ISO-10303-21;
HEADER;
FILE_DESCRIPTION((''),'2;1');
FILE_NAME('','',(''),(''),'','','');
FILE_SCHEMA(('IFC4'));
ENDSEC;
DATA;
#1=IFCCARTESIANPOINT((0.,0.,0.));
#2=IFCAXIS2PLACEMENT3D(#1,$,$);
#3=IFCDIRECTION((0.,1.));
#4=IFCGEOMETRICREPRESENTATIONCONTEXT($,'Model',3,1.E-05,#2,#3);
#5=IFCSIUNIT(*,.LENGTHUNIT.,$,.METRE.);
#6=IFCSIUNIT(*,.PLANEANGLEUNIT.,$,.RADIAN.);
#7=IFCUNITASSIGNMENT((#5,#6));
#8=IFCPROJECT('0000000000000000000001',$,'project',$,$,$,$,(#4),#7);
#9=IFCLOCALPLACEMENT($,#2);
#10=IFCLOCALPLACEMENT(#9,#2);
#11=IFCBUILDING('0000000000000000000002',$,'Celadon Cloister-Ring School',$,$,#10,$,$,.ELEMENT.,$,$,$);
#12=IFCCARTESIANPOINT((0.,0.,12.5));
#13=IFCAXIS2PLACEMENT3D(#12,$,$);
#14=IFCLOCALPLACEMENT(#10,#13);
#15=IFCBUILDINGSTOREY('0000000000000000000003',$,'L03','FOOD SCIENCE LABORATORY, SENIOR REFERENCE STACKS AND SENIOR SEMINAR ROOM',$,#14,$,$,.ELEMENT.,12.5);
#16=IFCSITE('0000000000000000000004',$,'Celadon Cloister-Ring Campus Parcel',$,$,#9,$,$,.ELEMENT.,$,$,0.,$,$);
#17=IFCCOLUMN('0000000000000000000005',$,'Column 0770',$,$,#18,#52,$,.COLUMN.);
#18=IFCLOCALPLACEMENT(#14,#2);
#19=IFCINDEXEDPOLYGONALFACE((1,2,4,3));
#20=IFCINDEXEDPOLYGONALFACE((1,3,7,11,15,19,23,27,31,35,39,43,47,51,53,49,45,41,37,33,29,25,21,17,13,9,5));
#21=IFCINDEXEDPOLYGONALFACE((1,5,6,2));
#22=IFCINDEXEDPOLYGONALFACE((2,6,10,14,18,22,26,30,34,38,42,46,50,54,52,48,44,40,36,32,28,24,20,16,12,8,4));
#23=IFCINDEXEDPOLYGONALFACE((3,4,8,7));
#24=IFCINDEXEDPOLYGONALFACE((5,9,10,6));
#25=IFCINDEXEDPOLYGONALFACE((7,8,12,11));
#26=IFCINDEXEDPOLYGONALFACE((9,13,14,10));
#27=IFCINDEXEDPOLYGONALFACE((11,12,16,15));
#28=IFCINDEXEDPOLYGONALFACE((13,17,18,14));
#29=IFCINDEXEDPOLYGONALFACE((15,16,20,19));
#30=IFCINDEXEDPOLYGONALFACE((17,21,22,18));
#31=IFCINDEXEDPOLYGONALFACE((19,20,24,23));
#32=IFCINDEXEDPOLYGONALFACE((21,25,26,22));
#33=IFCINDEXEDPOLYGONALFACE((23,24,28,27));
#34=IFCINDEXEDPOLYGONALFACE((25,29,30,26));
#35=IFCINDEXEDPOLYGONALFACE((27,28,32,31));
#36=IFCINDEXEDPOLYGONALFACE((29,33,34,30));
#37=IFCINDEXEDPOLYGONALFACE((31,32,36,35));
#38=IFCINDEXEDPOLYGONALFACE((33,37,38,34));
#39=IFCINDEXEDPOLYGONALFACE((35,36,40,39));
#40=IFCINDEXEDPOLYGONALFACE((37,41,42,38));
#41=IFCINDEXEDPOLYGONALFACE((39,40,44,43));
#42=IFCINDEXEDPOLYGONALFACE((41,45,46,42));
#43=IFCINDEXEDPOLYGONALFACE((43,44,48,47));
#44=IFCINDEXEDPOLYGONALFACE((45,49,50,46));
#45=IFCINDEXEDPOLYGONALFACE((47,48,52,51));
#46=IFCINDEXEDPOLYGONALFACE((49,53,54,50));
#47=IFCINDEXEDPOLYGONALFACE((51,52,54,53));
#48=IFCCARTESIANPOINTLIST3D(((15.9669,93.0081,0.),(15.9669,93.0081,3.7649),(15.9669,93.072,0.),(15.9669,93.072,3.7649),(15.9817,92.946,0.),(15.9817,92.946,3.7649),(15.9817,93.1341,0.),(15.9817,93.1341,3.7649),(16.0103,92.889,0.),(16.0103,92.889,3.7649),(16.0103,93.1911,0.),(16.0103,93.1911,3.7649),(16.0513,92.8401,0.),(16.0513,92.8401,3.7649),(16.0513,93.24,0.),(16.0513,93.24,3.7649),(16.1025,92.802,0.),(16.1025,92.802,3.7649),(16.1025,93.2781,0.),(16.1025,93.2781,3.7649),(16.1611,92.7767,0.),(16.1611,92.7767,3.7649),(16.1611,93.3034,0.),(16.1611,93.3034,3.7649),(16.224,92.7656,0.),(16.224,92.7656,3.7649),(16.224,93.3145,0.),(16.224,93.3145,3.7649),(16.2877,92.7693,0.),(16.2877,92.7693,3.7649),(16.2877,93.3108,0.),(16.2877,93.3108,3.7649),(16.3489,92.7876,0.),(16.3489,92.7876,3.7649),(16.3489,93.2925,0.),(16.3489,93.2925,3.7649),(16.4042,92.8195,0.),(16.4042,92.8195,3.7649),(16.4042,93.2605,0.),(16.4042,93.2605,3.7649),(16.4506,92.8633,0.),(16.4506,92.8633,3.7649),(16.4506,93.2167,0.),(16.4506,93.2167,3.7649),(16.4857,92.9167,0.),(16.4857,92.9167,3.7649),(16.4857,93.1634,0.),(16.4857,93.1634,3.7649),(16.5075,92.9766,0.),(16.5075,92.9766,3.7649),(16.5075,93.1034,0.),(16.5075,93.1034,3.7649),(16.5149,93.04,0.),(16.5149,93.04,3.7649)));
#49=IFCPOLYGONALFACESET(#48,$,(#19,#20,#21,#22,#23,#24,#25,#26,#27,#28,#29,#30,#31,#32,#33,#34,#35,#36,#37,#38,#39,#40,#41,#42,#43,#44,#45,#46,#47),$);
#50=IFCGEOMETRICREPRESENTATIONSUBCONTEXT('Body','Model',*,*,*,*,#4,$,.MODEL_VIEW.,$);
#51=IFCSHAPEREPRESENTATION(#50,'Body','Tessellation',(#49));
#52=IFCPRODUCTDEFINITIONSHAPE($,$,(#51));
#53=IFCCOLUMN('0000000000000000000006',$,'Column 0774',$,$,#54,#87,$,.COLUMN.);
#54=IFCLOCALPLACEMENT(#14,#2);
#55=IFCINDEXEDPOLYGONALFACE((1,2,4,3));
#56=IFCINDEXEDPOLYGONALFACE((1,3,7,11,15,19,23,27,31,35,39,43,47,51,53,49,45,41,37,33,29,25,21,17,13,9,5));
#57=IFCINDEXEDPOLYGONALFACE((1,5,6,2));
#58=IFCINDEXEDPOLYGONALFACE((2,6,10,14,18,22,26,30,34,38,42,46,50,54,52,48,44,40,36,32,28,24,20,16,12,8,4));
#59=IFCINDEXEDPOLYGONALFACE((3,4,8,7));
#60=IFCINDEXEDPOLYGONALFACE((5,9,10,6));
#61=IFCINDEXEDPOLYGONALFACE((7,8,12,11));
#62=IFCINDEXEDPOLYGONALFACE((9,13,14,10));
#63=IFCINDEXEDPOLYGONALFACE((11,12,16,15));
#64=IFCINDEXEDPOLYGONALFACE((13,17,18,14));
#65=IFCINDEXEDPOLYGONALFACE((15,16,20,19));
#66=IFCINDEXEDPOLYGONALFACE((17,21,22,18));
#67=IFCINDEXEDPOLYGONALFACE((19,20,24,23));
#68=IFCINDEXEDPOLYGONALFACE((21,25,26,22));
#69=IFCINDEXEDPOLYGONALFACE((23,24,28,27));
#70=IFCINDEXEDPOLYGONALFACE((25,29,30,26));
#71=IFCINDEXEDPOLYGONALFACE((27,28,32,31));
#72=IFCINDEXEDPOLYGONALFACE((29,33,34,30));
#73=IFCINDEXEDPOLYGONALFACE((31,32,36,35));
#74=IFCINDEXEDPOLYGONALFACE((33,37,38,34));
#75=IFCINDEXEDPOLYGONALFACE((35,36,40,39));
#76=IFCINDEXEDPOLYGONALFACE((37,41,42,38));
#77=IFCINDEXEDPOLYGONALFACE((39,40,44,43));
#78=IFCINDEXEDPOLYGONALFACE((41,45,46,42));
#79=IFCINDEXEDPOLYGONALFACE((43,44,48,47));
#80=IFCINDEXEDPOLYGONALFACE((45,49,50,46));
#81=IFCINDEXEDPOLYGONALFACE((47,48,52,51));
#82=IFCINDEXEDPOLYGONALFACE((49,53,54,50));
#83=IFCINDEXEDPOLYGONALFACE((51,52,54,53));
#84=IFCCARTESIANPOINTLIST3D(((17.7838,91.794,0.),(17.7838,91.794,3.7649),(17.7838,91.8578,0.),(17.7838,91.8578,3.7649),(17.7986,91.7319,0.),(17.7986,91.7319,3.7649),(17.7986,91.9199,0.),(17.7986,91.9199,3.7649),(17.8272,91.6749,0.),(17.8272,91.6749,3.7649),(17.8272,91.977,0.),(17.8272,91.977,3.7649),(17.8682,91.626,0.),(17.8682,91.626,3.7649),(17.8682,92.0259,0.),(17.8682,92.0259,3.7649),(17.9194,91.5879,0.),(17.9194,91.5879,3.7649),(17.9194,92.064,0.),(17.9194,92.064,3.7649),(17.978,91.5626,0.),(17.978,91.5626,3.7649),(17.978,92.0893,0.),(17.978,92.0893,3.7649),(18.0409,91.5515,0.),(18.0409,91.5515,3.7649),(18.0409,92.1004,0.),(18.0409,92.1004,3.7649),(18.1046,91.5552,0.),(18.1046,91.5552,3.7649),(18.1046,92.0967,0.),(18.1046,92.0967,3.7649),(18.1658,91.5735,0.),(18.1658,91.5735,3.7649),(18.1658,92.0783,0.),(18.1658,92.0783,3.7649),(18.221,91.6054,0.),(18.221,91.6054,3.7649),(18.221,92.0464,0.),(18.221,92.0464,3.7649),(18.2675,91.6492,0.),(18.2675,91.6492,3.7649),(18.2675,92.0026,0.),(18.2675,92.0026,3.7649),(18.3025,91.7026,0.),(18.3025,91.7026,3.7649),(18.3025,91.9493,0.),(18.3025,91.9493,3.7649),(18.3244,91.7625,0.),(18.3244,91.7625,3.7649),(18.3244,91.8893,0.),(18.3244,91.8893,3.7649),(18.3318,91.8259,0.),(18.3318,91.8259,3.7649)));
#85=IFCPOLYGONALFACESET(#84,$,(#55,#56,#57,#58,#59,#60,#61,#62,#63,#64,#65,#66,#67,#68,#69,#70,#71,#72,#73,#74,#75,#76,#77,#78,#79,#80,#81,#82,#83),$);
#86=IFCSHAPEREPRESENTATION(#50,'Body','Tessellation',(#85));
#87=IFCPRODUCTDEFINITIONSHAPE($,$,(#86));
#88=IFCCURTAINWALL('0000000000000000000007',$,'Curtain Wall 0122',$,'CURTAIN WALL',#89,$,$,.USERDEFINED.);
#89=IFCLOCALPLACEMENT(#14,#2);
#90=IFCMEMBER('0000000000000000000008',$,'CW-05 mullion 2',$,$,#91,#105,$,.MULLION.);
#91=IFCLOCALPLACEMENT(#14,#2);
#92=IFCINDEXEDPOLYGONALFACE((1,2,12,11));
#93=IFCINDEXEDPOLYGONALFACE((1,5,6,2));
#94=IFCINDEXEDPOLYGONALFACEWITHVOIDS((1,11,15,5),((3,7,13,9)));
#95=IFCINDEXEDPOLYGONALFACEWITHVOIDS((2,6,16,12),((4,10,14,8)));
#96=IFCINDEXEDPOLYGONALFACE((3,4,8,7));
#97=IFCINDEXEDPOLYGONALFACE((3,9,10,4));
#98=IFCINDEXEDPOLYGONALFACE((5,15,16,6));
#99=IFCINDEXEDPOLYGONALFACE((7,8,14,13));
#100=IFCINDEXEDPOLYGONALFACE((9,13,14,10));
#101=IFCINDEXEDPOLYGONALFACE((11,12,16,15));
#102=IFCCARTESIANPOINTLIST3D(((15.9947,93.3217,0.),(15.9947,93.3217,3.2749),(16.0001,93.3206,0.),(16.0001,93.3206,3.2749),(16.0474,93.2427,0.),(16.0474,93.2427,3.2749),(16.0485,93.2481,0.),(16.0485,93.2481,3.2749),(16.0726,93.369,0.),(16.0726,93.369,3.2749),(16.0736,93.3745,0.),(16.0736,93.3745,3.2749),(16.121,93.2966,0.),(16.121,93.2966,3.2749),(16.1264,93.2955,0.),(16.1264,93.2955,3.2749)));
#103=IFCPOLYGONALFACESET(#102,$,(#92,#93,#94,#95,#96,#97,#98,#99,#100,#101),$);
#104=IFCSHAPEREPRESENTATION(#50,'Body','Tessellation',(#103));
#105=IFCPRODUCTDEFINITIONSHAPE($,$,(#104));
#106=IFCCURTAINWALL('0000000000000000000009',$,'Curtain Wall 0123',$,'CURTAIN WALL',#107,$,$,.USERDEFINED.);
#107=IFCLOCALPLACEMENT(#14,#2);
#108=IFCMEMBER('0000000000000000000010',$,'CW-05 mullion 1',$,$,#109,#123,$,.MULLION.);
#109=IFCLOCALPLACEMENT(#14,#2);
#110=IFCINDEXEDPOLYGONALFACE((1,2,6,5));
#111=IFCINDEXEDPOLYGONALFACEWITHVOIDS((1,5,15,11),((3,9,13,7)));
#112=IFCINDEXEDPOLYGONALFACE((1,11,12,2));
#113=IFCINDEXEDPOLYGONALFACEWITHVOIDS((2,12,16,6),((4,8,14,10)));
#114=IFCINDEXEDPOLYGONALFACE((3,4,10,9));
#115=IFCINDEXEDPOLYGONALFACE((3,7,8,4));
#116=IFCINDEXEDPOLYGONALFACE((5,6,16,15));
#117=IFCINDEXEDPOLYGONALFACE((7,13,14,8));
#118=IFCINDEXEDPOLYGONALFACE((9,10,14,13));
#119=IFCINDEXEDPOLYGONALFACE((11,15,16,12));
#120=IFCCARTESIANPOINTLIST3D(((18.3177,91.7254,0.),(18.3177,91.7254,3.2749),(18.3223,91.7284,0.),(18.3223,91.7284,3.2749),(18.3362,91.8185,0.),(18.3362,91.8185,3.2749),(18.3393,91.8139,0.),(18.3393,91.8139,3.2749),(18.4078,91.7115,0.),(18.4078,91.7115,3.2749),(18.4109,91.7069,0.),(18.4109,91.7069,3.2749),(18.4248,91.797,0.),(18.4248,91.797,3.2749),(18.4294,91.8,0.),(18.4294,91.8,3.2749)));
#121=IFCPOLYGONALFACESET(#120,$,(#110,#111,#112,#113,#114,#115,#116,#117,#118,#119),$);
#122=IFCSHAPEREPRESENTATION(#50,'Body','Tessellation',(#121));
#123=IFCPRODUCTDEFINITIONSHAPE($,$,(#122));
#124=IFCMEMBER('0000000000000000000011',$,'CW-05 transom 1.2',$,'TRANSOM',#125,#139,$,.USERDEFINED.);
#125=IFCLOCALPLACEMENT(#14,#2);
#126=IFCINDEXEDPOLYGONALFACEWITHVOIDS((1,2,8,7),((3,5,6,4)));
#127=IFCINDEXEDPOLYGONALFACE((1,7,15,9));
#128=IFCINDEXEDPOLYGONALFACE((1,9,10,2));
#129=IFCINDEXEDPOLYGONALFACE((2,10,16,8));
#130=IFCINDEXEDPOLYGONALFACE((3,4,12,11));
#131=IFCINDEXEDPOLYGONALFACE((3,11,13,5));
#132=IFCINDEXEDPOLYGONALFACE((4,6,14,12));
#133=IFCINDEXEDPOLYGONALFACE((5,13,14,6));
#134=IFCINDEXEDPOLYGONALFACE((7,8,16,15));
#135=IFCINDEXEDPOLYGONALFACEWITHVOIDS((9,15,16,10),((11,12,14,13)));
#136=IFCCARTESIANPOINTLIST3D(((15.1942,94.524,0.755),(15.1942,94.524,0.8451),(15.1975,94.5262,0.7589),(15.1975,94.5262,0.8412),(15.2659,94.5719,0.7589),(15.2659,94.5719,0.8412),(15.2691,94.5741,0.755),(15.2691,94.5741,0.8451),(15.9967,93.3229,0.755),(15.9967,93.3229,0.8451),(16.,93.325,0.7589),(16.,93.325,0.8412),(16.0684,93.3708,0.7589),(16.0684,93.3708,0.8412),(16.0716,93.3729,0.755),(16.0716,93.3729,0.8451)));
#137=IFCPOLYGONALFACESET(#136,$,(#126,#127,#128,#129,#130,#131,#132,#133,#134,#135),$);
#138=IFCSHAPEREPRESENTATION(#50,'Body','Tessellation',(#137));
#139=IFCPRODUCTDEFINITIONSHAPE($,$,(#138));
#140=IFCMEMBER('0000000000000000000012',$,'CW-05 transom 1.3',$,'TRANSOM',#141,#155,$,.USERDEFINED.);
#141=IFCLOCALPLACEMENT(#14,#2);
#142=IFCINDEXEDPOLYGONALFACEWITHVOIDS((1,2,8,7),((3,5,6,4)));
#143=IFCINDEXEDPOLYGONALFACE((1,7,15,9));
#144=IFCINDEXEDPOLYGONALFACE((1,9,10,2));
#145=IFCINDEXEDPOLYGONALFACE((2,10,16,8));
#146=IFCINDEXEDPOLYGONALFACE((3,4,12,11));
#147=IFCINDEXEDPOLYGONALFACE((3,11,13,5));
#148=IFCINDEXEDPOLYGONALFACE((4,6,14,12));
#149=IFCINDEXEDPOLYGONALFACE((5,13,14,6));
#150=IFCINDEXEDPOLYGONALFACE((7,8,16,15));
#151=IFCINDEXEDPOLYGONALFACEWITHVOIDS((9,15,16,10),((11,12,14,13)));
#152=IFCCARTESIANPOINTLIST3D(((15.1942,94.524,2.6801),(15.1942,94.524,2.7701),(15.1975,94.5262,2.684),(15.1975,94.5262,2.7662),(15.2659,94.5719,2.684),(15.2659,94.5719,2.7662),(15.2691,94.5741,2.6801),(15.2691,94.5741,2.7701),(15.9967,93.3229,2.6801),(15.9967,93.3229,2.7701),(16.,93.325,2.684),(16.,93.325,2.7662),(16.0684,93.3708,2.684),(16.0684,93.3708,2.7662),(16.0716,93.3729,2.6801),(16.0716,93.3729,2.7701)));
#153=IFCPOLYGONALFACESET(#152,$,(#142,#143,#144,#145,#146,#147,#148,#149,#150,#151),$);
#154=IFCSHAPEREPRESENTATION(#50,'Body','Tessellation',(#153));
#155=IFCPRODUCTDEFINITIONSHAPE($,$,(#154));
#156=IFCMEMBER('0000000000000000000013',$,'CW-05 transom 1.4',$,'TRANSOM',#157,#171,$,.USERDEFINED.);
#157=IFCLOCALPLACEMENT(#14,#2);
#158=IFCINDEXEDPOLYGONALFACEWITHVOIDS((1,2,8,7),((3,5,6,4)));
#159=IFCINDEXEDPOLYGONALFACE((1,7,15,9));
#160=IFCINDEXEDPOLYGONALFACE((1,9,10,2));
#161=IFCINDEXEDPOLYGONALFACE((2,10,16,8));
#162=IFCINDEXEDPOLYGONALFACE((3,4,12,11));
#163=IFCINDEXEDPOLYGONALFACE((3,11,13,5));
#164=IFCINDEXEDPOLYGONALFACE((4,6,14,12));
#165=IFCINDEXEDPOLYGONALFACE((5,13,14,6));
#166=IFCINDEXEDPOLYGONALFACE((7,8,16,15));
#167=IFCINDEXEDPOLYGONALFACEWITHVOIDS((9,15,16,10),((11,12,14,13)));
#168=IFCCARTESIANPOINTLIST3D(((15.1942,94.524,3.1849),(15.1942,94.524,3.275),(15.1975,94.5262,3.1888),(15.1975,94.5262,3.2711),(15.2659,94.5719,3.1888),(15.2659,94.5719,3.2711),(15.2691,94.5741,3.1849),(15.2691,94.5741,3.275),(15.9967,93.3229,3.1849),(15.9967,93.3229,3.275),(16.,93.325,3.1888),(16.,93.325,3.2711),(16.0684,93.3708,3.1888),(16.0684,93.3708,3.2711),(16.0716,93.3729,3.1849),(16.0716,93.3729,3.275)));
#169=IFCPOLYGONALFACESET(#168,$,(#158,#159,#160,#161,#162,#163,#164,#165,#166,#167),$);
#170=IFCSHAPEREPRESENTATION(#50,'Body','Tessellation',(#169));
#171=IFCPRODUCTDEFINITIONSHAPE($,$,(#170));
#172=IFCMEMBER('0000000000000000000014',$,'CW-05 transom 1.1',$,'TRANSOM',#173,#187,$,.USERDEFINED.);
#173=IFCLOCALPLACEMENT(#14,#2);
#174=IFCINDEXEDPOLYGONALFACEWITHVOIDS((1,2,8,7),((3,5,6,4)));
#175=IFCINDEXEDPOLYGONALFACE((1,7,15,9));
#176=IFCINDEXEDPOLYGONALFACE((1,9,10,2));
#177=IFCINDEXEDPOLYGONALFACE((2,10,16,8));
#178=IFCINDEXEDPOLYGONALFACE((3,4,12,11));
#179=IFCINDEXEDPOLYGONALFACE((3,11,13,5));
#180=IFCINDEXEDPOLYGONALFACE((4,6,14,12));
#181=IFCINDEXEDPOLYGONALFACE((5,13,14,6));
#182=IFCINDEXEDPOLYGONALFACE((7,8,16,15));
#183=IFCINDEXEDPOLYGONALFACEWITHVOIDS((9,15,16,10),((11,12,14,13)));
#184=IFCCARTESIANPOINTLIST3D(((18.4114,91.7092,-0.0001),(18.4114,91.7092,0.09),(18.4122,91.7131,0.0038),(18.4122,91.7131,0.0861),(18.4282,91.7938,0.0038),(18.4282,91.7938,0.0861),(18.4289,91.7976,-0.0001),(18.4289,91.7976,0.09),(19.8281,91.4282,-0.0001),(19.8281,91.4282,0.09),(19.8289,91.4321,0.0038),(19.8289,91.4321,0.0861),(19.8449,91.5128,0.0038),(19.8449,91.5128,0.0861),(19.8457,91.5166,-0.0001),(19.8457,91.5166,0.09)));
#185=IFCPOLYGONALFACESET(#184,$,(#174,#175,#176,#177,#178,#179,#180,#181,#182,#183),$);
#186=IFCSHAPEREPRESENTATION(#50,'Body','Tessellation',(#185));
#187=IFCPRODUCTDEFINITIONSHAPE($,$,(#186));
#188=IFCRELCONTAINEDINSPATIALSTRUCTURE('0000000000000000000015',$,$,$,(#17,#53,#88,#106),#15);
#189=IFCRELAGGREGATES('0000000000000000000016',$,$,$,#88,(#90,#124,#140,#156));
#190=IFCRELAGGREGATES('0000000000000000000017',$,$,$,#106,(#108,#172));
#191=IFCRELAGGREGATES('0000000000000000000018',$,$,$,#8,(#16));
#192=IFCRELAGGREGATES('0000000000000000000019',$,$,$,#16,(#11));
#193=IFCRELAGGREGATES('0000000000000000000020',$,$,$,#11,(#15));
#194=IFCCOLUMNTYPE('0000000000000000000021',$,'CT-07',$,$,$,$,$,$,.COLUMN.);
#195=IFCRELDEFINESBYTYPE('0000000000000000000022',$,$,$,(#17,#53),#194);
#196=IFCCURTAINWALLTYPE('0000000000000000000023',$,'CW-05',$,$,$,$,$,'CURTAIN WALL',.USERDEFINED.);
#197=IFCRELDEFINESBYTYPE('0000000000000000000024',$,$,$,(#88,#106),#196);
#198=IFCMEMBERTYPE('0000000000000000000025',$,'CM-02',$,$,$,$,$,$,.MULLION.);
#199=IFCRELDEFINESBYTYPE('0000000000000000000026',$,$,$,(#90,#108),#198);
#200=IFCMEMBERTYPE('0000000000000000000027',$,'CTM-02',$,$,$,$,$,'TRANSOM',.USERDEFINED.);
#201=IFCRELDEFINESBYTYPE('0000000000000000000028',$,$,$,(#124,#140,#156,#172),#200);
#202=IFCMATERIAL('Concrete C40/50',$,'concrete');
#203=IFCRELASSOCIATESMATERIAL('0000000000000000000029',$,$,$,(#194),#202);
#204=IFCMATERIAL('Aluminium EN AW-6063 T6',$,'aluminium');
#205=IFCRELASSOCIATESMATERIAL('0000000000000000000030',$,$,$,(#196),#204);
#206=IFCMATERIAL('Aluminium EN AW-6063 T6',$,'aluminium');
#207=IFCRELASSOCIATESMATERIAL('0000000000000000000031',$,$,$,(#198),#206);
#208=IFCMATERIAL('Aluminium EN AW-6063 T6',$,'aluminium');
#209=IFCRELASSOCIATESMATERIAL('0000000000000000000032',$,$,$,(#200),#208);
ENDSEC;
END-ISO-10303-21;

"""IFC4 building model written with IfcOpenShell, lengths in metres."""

from ifc_helpers import new_model, si_unit, direction, frame, origin, origin_2d, place, context, subcontext, project, spatial, hollow_rectangle, circle, extrude, material, material_profile, profile_set, type_object, element, aggregate, save


model = new_model("IFC4")

# Units and contexts
model_context = context("Model", 3, precision=1e-05, world=origin(), true_north=direction((0.0, 1.0)))
body_context = subcontext(model_context, "Body", "Model", "MODEL_VIEW")
ifc_project = project(units=[si_unit("LENGTHUNIT", "METRE"), si_unit("PLANEANGLEUNIT", "RADIAN")], contexts=[model_context])

# Site, building, storey
site_placement = place(None, origin())
site = spatial("IfcSite", under=ifc_project, at=site_placement, Name="Celadon Cloister-Ring Campus Parcel", CompositionType="ELEMENT", RefElevation=0.0)
building_placement = place(site_placement, origin())
building = spatial("IfcBuilding", under=site, at=building_placement, Name="Celadon Cloister-Ring School", CompositionType="ELEMENT")
storey_placement = place(building_placement, frame((0.0, 0.0, 12.5)))
storey = spatial("IfcBuildingStorey", under=building, at=storey_placement, Name="L03", Description="FOOD SCIENCE LABORATORY, SENIOR REFERENCE STACKS AND SENIOR SEMINAR ROOM", CompositionType="ELEMENT", Elevation=12.5)

# Columns
ifc_material_1 = material(Name="Concrete C40/50", Category="concrete")
ifc_material_profile_1 = material_profile(ifc_material_1, circle(Radius=0.2749, at=origin_2d()), Name="CIRC550")
ifc_profile_set_1 = profile_set([ifc_material_profile_1], Name="Concrete C40/50")
column_type = type_object("IfcColumnType", Name="CT-07", PredefinedType="COLUMN", material=ifc_profile_set_1)
for number, where, z_axis, x_axis, name in (
    (1, (16.24, 93.04, 0.0), (0.0, 0.0, 1.0), (1.0, 0.0, 0.0), "Column 0770"),
    (2, (18.0569, 91.8259, 0.0), (0.0, 0.0, 1.0), (1.0, 0.0, 0.0), "Column 0774"),
):
    element("IfcColumn", number, at=place(storey_placement, frame(where, z_axis=z_axis, x_axis=x_axis)), inside=storey, type_object=column_type, Name=name, PredefinedType="COLUMN", context=body_context, shape_type="SweptSolid", body=[
        extrude(circle(Radius=0.2749, at=origin_2d()), origin(), (0.0, 0.0, 1.0), 3.7649),
    ])

# Curtain walls, members
ifc_material_2 = material(Name="Aluminium EN AW-6063 T6", Category="aluminium")
curtain_wall_type = type_object("IfcCurtainWallType", Name="CW-05", ElementType="CURTAIN WALL", PredefinedType="USERDEFINED", material=ifc_material_2)
curtain_wall_1_placement = place(storey_placement, origin())
curtain_wall_1 = element("IfcCurtainWall", 3, at=curtain_wall_1_placement, inside=storey, type_object=curtain_wall_type, Name="Curtain Wall 0122", ObjectType="CURTAIN WALL", PredefinedType="USERDEFINED")
ifc_material_3 = material(Name="Aluminium EN AW-6063 T6", Category="aluminium")
ifc_material_profile_2 = material_profile(ifc_material_3, hollow_rectangle(XDim=0.095, YDim=0.095, WallThickness=0.0039, at=origin_2d()), Name="RHS95X95X4")
ifc_profile_set_2 = profile_set([ifc_material_profile_2], Name="Aluminium EN AW-6063 T6")
member_type_1 = type_object("IfcMemberType", Name="CM-02", PredefinedType="MULLION", material=ifc_profile_set_2)
member_1_placement = place(storey_placement, frame((16.0605, 93.3086, 0.0), z_axis=(0.0, 0.0, 1.0), x_axis=(0.831485, 0.555547, 0.0)))
member_1 = element("IfcMember", 4, at=member_1_placement, type_object=member_type_1, Name="CW-05 mullion 2", PredefinedType="MULLION", context=body_context, shape_type="SweptSolid", body=[
    extrude(hollow_rectangle(XDim=0.095, YDim=0.095, WallThickness=0.0039, at=origin_2d()), origin(), (0.0, 0.0, 1.0), 3.2749),
])
curtain_wall_2_placement = place(storey_placement, origin())
curtain_wall_2 = element("IfcCurtainWall", 5, at=curtain_wall_2_placement, inside=storey, type_object=curtain_wall_type, Name="Curtain Wall 0123", ObjectType="CURTAIN WALL", PredefinedType="USERDEFINED")
member_2_placement = place(storey_placement, frame((18.3735, 91.7627, 0.0), z_axis=(0.0, 0.0, 1.0), x_axis=(0.194586, 0.980885, 0.0)))
member_2 = element("IfcMember", 6, at=member_2_placement, type_object=member_type_1, Name="CW-05 mullion 1", PredefinedType="MULLION", context=body_context, shape_type="SweptSolid", body=[
    extrude(hollow_rectangle(XDim=0.095, YDim=0.095, WallThickness=0.0039, at=origin_2d()), origin(), (0.0, 0.0, 1.0), 3.2749),
])

# Members
ifc_material_4 = material(Name="Aluminium EN AW-6063 T6", Category="aluminium")
ifc_material_profile_3 = material_profile(ifc_material_4, hollow_rectangle(XDim=0.0901, YDim=0.0901, WallThickness=0.0039, at=origin_2d()), Name="RHS90X90X4")
ifc_profile_set_3 = profile_set([ifc_material_profile_3], Name="Aluminium EN AW-6063 T6")
member_type_2 = type_object("IfcMemberType", Name="CTM-02", ElementType="TRANSOM", PredefinedType="USERDEFINED", material=ifc_profile_set_3)
member_3_placement = place(storey_placement, frame((15.2317, 94.5491, 0.8), z_axis=(0.555519, -0.831504, 0.0), x_axis=(0.831504, 0.555519, 0.0)))
member_3 = element("IfcMember", 7, at=member_3_placement, type_object=member_type_2, Name="CW-05 transom 1.2", ObjectType="TRANSOM", PredefinedType="USERDEFINED", context=body_context, shape_type="SweptSolid", body=[
    extrude(hollow_rectangle(XDim=0.0901, YDim=0.0901, WallThickness=0.0039, at=origin_2d()), origin(), (0.0, 0.0, 1.0), 1.4446),
])
member_4_placement = place(storey_placement, frame((15.2317, 94.5491, 2.7251), z_axis=(0.555519, -0.831504, 0.0), x_axis=(0.831504, 0.555519, 0.0)))
member_4 = element("IfcMember", 8, at=member_4_placement, type_object=member_type_2, Name="CW-05 transom 1.3", ObjectType="TRANSOM", PredefinedType="USERDEFINED", context=body_context, shape_type="SweptSolid", body=[
    extrude(hollow_rectangle(XDim=0.0901, YDim=0.0901, WallThickness=0.0039, at=origin_2d()), origin(), (0.0, 0.0, 1.0), 1.4446),
])
member_5_placement = place(storey_placement, frame((15.2317, 94.5491, 3.23), z_axis=(0.555519, -0.831504, 0.0), x_axis=(0.831504, 0.555519, 0.0)))
member_5 = element("IfcMember", 9, at=member_5_placement, type_object=member_type_2, Name="CW-05 transom 1.4", ObjectType="TRANSOM", PredefinedType="USERDEFINED", context=body_context, shape_type="SweptSolid", body=[
    extrude(hollow_rectangle(XDim=0.0901, YDim=0.0901, WallThickness=0.0039, at=origin_2d()), origin(), (0.0, 0.0, 1.0), 1.4446),
])
member_6_placement = place(storey_placement, frame((18.4202, 91.7534, 0.0449), z_axis=(0.980891, -0.194556, 0.0), x_axis=(0.194556, 0.980891, 0.0)))
member_6 = element("IfcMember", 10, at=member_6_placement, type_object=member_type_2, Name="CW-05 transom 1.1", ObjectType="TRANSOM", PredefinedType="USERDEFINED", context=body_context, shape_type="SweptSolid", body=[
    extrude(hollow_rectangle(XDim=0.0901, YDim=0.0901, WallThickness=0.0039, at=origin_2d()), origin(), (0.0, 0.0, 1.0), 1.4443),
])

aggregate(curtain_wall_1, [member_1, member_3, member_4, member_5])
aggregate(curtain_wall_2, [member_2, member_6])

save(model, "model.ifc")
